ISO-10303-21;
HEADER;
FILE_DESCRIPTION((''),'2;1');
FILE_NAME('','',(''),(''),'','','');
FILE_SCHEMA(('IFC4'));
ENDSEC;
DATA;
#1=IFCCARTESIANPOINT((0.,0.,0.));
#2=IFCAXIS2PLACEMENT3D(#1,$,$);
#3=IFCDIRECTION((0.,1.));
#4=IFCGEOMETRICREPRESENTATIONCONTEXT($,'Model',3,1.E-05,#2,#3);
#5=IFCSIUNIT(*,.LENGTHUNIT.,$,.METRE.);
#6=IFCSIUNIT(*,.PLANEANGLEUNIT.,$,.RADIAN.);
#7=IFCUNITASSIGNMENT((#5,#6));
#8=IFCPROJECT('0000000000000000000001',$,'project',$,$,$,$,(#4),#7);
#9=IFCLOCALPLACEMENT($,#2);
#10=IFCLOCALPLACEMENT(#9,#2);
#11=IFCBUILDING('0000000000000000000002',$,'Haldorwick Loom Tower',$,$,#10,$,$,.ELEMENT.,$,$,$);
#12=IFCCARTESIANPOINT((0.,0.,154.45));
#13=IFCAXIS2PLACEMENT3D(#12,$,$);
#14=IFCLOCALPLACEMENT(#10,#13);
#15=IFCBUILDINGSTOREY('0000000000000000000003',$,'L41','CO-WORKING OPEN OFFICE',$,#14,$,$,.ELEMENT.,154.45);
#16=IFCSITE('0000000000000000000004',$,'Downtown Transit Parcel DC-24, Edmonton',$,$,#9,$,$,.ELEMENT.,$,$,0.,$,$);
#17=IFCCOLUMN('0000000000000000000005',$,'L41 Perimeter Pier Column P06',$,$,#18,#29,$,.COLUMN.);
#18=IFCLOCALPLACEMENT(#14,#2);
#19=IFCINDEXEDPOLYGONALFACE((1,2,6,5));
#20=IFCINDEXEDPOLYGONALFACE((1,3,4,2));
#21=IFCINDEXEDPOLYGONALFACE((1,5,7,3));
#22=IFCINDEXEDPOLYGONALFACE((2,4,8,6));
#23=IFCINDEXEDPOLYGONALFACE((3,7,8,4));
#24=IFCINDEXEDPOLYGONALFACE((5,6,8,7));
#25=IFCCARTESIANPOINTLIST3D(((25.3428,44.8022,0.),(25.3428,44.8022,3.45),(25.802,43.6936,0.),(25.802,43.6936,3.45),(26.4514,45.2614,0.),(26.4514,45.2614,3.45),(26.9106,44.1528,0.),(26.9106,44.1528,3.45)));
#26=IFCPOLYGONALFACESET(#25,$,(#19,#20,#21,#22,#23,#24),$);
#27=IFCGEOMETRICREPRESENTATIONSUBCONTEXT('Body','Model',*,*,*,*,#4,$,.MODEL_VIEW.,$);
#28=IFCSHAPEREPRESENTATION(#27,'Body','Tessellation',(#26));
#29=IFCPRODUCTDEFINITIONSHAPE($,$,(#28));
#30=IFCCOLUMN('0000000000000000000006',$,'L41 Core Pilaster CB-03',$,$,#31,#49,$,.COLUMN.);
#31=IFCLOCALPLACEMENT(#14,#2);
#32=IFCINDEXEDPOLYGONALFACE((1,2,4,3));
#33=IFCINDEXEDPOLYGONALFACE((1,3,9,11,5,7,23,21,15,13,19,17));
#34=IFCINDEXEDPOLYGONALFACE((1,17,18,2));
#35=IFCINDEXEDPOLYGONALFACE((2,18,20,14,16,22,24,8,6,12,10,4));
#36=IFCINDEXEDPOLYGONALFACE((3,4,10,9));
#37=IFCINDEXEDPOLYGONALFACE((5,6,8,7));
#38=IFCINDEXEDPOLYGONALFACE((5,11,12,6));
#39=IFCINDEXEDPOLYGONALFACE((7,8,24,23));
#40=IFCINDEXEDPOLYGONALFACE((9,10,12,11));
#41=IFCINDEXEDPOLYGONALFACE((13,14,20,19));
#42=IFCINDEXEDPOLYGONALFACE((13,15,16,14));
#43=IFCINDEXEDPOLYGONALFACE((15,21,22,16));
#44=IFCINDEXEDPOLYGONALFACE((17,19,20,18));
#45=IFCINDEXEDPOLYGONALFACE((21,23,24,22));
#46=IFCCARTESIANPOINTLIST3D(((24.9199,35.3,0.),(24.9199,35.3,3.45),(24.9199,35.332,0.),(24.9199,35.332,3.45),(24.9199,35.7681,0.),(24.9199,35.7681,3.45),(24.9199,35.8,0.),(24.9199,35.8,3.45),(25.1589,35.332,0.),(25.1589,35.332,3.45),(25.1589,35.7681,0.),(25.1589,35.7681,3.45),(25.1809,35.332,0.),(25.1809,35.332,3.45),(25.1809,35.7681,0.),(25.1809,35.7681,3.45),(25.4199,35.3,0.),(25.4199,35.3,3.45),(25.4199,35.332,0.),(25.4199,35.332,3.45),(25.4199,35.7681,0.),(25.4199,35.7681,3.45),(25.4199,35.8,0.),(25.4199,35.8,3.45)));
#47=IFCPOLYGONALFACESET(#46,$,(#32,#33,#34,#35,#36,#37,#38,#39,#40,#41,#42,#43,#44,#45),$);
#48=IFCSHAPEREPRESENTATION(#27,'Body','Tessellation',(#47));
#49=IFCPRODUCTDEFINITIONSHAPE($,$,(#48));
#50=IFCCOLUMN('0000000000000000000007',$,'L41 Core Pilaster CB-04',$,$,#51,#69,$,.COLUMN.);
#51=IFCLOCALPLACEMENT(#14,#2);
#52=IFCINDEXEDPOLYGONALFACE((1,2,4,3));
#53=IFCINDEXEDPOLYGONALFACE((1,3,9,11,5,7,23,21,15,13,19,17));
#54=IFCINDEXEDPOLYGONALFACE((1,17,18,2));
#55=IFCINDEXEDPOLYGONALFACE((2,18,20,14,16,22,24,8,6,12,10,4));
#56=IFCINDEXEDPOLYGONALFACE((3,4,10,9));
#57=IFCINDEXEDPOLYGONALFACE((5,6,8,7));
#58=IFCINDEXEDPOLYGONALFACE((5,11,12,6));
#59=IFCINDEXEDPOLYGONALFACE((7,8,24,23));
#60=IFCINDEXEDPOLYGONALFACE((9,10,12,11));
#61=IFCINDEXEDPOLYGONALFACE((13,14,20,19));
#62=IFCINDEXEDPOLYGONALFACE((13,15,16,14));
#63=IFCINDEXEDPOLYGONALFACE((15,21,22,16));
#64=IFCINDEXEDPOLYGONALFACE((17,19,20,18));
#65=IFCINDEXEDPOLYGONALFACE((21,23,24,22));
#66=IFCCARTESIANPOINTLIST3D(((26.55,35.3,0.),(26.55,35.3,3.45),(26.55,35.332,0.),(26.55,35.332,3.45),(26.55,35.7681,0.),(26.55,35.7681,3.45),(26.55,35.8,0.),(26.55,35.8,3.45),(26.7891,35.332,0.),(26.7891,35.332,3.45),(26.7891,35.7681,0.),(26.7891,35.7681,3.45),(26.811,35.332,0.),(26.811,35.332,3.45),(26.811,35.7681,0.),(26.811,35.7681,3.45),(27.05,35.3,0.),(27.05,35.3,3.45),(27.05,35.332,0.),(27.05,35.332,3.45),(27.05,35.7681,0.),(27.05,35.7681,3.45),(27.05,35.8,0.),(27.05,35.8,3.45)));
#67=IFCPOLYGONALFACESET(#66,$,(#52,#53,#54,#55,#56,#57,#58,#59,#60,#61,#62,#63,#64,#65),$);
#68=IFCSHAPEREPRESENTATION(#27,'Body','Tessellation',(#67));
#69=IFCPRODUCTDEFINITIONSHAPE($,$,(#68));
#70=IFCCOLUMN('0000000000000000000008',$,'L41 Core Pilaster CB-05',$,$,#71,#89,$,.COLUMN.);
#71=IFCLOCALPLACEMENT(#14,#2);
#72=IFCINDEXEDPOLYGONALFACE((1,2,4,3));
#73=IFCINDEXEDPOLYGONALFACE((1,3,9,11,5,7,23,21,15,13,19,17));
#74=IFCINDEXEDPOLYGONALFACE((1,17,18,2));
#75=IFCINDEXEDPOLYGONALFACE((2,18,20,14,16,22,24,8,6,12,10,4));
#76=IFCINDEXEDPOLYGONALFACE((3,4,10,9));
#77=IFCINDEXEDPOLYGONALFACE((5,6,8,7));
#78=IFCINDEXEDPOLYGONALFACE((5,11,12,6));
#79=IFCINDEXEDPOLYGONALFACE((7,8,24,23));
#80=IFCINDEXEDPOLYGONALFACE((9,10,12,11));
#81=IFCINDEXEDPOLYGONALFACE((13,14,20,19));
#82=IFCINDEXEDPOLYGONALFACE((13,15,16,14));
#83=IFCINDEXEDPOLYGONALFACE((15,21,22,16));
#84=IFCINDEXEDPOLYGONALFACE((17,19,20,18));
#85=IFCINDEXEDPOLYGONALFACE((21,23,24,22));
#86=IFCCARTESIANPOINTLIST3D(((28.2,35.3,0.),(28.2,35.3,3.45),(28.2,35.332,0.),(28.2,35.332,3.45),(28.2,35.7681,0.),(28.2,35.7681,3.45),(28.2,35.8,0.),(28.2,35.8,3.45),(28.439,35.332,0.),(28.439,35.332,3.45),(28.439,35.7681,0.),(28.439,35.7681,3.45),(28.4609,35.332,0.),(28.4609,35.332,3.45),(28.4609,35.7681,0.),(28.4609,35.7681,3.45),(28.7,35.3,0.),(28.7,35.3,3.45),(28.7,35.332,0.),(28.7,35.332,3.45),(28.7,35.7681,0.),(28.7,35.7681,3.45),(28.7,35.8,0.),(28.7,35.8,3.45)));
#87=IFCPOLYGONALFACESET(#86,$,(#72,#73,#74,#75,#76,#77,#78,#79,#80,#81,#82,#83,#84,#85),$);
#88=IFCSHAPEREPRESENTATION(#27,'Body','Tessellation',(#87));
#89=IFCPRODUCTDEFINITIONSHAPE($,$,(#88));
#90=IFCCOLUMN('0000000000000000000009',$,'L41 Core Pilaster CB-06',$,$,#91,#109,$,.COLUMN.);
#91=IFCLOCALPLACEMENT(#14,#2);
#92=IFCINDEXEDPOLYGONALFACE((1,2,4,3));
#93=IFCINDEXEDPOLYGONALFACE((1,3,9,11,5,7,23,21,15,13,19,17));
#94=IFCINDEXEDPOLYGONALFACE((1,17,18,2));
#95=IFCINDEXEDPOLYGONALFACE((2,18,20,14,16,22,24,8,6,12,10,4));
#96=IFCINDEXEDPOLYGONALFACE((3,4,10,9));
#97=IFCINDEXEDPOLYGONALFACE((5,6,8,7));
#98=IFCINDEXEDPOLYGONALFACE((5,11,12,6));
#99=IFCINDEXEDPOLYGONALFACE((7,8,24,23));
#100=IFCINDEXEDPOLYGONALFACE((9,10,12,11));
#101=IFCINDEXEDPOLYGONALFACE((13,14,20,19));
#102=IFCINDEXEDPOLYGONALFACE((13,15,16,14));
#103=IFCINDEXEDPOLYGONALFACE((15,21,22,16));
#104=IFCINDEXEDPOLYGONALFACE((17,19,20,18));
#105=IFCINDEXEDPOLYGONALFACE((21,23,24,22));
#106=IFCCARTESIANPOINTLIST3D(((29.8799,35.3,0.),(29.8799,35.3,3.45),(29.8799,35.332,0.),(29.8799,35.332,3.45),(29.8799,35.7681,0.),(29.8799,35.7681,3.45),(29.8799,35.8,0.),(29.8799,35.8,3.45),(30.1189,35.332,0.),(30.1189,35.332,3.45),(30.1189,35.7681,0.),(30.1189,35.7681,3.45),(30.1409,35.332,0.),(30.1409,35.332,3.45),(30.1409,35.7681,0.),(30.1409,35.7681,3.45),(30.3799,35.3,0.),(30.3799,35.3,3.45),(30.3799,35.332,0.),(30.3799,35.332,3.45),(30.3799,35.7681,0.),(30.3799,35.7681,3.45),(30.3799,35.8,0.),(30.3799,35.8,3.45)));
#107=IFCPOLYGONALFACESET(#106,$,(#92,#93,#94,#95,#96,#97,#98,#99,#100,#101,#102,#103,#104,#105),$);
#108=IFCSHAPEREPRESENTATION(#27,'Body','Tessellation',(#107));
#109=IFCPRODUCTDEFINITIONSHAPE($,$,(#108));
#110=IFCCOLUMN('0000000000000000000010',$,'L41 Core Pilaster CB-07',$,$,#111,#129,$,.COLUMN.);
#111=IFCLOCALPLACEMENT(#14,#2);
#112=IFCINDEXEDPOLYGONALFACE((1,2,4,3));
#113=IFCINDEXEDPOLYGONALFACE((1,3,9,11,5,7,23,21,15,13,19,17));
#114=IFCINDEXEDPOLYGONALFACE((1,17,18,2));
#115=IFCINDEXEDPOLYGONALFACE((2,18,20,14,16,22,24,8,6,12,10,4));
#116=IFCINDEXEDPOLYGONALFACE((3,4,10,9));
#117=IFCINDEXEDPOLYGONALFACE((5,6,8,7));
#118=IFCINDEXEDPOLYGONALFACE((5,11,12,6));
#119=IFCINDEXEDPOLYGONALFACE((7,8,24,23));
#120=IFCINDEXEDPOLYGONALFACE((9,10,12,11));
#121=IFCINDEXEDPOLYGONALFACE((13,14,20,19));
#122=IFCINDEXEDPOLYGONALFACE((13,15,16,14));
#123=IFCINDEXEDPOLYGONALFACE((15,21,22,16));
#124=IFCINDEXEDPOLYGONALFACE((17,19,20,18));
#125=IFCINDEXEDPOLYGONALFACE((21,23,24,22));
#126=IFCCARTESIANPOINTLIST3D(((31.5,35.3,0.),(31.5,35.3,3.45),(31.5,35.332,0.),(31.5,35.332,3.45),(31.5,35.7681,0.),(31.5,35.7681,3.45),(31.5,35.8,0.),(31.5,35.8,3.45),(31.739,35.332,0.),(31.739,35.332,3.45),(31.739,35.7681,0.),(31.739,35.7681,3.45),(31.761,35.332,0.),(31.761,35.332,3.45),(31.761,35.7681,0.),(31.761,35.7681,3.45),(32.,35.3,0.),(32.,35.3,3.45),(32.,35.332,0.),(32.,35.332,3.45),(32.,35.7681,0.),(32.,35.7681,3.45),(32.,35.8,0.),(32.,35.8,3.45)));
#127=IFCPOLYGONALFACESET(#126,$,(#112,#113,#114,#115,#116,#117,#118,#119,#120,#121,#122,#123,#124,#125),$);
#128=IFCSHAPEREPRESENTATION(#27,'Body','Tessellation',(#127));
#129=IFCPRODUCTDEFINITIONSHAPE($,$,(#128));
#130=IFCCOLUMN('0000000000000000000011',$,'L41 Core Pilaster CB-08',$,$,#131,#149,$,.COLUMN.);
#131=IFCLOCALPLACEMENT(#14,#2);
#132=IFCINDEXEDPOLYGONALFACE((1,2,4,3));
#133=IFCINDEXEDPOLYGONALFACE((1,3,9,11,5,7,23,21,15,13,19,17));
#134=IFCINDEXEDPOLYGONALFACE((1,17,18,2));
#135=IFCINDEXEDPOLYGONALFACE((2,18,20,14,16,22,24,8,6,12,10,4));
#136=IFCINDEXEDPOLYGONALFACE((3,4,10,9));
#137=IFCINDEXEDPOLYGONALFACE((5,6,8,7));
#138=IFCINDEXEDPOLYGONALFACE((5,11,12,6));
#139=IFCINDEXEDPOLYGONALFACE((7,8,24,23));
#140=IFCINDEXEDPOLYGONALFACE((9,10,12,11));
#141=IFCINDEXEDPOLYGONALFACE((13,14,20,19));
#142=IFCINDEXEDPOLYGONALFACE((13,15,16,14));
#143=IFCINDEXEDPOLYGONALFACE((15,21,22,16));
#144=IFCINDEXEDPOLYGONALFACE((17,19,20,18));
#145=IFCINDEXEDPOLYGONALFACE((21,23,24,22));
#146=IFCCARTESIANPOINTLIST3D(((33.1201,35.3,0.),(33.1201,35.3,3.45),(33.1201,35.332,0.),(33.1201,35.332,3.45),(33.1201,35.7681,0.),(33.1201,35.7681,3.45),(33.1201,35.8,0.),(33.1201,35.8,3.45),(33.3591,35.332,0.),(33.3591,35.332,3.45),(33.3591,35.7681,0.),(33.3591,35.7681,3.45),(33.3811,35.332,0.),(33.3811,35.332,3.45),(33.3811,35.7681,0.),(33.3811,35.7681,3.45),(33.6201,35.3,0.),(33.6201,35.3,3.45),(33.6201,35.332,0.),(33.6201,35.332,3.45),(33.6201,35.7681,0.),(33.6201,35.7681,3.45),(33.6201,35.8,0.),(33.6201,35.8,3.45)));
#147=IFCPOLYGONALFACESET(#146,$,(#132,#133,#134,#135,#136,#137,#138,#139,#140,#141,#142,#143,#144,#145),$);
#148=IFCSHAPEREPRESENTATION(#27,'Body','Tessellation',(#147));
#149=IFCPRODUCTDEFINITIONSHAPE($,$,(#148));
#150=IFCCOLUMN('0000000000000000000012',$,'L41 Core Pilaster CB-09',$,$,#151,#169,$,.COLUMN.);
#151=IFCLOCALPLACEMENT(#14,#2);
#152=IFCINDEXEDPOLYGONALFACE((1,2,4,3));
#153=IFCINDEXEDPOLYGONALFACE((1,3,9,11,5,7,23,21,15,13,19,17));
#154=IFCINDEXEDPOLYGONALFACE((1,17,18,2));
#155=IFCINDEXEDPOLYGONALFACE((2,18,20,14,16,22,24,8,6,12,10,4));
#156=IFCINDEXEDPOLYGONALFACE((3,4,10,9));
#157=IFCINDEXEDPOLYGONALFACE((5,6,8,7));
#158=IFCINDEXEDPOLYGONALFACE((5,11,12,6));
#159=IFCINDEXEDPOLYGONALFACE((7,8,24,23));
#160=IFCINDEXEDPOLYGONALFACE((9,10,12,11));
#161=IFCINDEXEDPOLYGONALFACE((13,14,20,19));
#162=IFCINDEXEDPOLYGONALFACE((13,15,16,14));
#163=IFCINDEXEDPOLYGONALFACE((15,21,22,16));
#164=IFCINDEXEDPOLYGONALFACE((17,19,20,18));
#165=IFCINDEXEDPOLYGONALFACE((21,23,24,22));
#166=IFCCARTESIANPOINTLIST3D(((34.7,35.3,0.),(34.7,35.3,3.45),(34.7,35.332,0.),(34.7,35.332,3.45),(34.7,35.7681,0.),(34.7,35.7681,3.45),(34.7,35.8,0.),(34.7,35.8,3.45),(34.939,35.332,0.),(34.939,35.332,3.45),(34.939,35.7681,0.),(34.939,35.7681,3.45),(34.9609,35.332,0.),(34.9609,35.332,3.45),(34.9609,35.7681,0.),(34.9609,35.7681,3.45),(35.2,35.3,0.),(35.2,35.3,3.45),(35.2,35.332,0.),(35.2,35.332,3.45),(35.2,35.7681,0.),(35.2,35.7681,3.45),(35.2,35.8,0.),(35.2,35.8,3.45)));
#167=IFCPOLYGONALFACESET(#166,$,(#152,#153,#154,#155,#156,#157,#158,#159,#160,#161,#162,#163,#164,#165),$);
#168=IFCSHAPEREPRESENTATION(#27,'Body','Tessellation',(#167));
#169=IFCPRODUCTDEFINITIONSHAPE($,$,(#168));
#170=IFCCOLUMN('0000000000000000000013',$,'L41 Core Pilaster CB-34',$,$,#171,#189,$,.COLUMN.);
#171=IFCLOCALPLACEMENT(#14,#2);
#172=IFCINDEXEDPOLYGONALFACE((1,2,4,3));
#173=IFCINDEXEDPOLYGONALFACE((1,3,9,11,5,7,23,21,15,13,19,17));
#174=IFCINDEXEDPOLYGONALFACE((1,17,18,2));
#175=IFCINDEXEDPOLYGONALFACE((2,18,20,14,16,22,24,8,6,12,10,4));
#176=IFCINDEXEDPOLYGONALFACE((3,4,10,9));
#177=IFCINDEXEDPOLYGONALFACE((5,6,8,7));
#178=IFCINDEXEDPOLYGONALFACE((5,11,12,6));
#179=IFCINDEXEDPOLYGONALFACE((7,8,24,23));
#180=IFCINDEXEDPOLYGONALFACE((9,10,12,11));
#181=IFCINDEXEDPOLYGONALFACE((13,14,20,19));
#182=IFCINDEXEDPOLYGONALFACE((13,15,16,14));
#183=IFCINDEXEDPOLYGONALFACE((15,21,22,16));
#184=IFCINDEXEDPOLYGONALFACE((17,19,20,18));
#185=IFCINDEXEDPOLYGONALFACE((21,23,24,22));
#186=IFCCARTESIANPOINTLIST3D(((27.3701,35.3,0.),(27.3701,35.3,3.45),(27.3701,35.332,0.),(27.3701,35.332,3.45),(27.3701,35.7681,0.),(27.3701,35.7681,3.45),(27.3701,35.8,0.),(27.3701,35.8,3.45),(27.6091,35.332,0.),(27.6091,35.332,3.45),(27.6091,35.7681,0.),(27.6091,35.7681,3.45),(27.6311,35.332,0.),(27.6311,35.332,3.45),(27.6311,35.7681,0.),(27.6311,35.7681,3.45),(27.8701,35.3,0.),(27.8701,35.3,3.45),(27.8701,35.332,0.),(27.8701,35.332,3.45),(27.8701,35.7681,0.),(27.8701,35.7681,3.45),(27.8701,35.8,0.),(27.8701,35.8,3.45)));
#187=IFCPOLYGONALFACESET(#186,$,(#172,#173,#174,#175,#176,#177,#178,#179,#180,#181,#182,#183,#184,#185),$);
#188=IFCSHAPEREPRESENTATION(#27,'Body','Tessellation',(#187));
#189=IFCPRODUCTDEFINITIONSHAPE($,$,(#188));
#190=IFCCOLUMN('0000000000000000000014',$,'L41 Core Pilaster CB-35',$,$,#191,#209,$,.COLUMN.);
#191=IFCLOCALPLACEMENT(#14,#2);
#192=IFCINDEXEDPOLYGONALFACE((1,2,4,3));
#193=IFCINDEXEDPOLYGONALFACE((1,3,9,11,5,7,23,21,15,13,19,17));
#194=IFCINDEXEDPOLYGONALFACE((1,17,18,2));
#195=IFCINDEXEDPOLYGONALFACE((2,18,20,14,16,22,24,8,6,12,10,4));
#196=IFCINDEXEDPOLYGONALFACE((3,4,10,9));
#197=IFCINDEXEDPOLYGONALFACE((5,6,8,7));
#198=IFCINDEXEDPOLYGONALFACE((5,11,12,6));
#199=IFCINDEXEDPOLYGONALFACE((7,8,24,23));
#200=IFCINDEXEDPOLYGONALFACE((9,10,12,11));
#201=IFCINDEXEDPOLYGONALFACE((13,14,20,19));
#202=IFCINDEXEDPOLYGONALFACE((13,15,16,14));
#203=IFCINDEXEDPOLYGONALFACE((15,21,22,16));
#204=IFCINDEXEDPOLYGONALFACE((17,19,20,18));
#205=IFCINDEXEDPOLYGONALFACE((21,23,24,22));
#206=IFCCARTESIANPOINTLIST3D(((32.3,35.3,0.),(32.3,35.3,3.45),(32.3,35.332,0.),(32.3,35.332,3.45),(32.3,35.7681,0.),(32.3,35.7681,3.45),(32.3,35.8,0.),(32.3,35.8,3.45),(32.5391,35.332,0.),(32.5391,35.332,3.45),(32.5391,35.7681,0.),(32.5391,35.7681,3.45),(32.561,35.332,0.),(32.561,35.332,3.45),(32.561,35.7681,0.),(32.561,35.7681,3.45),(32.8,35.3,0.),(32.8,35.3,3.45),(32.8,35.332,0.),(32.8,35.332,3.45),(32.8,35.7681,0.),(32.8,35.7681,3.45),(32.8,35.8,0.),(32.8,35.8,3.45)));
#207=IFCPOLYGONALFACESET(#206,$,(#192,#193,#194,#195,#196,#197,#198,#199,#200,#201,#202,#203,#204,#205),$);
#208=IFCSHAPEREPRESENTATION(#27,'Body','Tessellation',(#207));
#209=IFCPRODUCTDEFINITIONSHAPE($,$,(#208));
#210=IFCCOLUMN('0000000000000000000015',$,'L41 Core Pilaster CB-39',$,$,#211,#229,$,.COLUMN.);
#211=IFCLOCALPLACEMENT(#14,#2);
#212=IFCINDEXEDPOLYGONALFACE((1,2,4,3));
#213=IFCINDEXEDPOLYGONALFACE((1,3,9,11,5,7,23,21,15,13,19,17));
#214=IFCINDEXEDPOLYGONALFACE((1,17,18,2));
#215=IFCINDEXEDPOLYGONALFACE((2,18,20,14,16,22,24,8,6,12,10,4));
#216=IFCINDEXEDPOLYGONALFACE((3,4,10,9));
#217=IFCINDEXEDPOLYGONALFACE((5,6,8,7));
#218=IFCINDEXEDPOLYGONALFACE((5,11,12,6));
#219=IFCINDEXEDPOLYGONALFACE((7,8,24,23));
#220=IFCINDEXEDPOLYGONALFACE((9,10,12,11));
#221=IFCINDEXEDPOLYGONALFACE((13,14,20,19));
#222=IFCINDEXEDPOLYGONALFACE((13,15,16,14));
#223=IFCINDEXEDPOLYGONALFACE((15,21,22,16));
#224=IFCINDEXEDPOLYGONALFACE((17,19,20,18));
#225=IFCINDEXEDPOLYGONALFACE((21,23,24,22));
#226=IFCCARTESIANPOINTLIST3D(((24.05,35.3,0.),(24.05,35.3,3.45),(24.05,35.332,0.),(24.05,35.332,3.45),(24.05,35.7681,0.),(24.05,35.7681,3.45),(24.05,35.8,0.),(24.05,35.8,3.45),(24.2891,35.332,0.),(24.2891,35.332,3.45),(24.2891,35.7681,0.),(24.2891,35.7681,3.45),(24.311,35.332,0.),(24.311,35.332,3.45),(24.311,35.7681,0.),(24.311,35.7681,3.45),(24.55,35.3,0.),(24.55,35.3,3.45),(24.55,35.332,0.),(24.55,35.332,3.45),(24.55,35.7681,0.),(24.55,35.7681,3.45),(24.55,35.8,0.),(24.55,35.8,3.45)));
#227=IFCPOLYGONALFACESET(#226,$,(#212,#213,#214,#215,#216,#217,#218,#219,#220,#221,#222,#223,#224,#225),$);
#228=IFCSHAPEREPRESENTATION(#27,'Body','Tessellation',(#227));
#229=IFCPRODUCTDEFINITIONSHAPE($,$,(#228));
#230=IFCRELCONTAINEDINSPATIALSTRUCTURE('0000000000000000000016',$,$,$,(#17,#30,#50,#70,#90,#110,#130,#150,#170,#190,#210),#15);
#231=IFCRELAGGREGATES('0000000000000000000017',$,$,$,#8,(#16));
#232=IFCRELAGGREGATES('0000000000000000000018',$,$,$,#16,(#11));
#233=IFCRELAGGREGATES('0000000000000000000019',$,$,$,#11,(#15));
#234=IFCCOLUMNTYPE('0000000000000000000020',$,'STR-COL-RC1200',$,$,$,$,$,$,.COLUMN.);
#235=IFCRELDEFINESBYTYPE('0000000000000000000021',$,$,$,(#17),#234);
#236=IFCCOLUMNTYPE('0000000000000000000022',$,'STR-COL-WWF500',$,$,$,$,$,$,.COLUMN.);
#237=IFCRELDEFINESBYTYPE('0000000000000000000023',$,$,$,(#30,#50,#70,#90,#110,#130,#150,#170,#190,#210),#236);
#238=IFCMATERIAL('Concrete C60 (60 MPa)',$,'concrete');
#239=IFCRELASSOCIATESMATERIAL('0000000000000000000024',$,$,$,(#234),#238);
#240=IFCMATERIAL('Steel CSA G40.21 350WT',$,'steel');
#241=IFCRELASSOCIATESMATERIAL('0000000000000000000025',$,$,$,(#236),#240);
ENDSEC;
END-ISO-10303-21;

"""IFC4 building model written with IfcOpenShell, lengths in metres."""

from ifc_helpers import new_model, si_unit, direction, frame, origin, origin_2d, place, context, subcontext, project, spatial, rectangle, i_section, extrude, material, material_profile, profile_set, type_object, element, save


model = new_model("IFC4")

# Units and contexts
model_context = context("Model", 3, precision=1e-05, world=origin(), true_north=direction((0.0, 1.0)))
body_context = subcontext(model_context, "Body", "Model", "MODEL_VIEW")
ifc_project = project(units=[si_unit("LENGTHUNIT", "METRE"), si_unit("PLANEANGLEUNIT", "RADIAN")], contexts=[model_context])

# Site, building, storey
site_placement = place(None, origin())
site = spatial("IfcSite", under=ifc_project, at=site_placement, Name="Downtown Transit Parcel DC-24, Edmonton", CompositionType="ELEMENT", RefElevation=0.0)
building_placement = place(site_placement, origin())
building = spatial("IfcBuilding", under=site, at=building_placement, Name="Haldorwick Loom Tower", CompositionType="ELEMENT")
storey_placement = place(building_placement, frame((0.0, 0.0, 154.45)))
storey = spatial("IfcBuildingStorey", under=building, at=storey_placement, Name="L41", Description="CO-WORKING OPEN OFFICE", CompositionType="ELEMENT", Elevation=154.45)

# Columns
ifc_material_1 = material(Name="Concrete C60 (60 MPa)", Category="concrete")
ifc_material_profile_1 = material_profile(ifc_material_1, rectangle(XDim=1.2, YDim=1.2, at=origin_2d()), Name="RC1200X1200", Category="concrete")
ifc_profile_set_1 = profile_set([ifc_material_profile_1], Name="Concrete C60 (60 MPa)")
column_type_1 = type_object("IfcColumnType", Name="STR-COL-RC1200", PredefinedType="COLUMN", material=ifc_profile_set_1)
column_placement = place(storey_placement, frame((26.1267, 44.4775, 0.0), z_axis=(0.0, 0.0, 1.0), x_axis=(-0.382683, 0.92388, 0.0)))
element("IfcColumn", 1, at=column_placement, inside=storey, type_object=column_type_1, Name="L41 Perimeter Pier Column P06", PredefinedType="COLUMN", context=body_context, shape_type="SweptSolid", body=[
    extrude(rectangle(XDim=1.2, YDim=1.2, at=origin_2d()), origin(), (0.0, 0.0, 1.0), 3.45),
])
ifc_material_2 = material(Name="Steel CSA G40.21 350WT", Category="steel")
ifc_material_profile_2 = material_profile(ifc_material_2, i_section(OverallWidth=0.5, OverallDepth=0.5, WebThickness=0.022, FlangeThickness=0.032, at=origin_2d()), Name="WWF500X500", Category="steel")
ifc_profile_set_2 = profile_set([ifc_material_profile_2], Name="Steel CSA G40.21 350WT")
column_type_2 = type_object("IfcColumnType", Name="STR-COL-WWF500", PredefinedType="COLUMN", material=ifc_profile_set_2)
for number, where, z_axis, x_axis, name in (
    (2, (25.1699, 35.55, 0.0), (0.0, 0.0, 1.0), (1.0, 0.0, 0.0), "L41 Core Pilaster CB-03"),
    (3, (26.8, 35.55, 0.0), (0.0, 0.0, 1.0), (1.0, 0.0, 0.0), "L41 Core Pilaster CB-04"),
    (4, (28.45, 35.55, 0.0), (0.0, 0.0, 1.0), (1.0, 0.0, 0.0), "L41 Core Pilaster CB-05"),
    (5, (30.1299, 35.55, 0.0), (0.0, 0.0, 1.0), (1.0, 0.0, 0.0), "L41 Core Pilaster CB-06"),
    (6, (31.75, 35.55, 0.0), (0.0, 0.0, 1.0), (1.0, 0.0, 0.0), "L41 Core Pilaster CB-07"),
    (7, (33.3701, 35.55, 0.0), (0.0, 0.0, 1.0), (1.0, 0.0, 0.0), "L41 Core Pilaster CB-08"),
    (8, (34.95, 35.55, 0.0), (0.0, 0.0, 1.0), (1.0, 0.0, 0.0), "L41 Core Pilaster CB-09"),
    (9, (27.6201, 35.55, 0.0), (0.0, 0.0, 1.0), (1.0, 0.0, 0.0), "L41 Core Pilaster CB-34"),
    (10, (32.55, 35.55, 0.0), (0.0, 0.0, 1.0), (1.0, 0.0, 0.0), "L41 Core Pilaster CB-35"),
    (11, (24.3, 35.55, 0.0), (0.0, 0.0, 1.0), (1.0, 0.0, 0.0), "L41 Core Pilaster CB-39"),
):
    element("IfcColumn", number, at=place(storey_placement, frame(where, z_axis=z_axis, x_axis=x_axis)), inside=storey, type_object=column_type_2, Name=name, PredefinedType="COLUMN", context=body_context, shape_type="SweptSolid", body=[
        extrude(i_section(OverallWidth=0.5, OverallDepth=0.5, WebThickness=0.022, FlangeThickness=0.032, at=origin_2d()), origin(), (0.0, 0.0, 1.0), 3.45),
    ])

save(model, "model.ifc")
